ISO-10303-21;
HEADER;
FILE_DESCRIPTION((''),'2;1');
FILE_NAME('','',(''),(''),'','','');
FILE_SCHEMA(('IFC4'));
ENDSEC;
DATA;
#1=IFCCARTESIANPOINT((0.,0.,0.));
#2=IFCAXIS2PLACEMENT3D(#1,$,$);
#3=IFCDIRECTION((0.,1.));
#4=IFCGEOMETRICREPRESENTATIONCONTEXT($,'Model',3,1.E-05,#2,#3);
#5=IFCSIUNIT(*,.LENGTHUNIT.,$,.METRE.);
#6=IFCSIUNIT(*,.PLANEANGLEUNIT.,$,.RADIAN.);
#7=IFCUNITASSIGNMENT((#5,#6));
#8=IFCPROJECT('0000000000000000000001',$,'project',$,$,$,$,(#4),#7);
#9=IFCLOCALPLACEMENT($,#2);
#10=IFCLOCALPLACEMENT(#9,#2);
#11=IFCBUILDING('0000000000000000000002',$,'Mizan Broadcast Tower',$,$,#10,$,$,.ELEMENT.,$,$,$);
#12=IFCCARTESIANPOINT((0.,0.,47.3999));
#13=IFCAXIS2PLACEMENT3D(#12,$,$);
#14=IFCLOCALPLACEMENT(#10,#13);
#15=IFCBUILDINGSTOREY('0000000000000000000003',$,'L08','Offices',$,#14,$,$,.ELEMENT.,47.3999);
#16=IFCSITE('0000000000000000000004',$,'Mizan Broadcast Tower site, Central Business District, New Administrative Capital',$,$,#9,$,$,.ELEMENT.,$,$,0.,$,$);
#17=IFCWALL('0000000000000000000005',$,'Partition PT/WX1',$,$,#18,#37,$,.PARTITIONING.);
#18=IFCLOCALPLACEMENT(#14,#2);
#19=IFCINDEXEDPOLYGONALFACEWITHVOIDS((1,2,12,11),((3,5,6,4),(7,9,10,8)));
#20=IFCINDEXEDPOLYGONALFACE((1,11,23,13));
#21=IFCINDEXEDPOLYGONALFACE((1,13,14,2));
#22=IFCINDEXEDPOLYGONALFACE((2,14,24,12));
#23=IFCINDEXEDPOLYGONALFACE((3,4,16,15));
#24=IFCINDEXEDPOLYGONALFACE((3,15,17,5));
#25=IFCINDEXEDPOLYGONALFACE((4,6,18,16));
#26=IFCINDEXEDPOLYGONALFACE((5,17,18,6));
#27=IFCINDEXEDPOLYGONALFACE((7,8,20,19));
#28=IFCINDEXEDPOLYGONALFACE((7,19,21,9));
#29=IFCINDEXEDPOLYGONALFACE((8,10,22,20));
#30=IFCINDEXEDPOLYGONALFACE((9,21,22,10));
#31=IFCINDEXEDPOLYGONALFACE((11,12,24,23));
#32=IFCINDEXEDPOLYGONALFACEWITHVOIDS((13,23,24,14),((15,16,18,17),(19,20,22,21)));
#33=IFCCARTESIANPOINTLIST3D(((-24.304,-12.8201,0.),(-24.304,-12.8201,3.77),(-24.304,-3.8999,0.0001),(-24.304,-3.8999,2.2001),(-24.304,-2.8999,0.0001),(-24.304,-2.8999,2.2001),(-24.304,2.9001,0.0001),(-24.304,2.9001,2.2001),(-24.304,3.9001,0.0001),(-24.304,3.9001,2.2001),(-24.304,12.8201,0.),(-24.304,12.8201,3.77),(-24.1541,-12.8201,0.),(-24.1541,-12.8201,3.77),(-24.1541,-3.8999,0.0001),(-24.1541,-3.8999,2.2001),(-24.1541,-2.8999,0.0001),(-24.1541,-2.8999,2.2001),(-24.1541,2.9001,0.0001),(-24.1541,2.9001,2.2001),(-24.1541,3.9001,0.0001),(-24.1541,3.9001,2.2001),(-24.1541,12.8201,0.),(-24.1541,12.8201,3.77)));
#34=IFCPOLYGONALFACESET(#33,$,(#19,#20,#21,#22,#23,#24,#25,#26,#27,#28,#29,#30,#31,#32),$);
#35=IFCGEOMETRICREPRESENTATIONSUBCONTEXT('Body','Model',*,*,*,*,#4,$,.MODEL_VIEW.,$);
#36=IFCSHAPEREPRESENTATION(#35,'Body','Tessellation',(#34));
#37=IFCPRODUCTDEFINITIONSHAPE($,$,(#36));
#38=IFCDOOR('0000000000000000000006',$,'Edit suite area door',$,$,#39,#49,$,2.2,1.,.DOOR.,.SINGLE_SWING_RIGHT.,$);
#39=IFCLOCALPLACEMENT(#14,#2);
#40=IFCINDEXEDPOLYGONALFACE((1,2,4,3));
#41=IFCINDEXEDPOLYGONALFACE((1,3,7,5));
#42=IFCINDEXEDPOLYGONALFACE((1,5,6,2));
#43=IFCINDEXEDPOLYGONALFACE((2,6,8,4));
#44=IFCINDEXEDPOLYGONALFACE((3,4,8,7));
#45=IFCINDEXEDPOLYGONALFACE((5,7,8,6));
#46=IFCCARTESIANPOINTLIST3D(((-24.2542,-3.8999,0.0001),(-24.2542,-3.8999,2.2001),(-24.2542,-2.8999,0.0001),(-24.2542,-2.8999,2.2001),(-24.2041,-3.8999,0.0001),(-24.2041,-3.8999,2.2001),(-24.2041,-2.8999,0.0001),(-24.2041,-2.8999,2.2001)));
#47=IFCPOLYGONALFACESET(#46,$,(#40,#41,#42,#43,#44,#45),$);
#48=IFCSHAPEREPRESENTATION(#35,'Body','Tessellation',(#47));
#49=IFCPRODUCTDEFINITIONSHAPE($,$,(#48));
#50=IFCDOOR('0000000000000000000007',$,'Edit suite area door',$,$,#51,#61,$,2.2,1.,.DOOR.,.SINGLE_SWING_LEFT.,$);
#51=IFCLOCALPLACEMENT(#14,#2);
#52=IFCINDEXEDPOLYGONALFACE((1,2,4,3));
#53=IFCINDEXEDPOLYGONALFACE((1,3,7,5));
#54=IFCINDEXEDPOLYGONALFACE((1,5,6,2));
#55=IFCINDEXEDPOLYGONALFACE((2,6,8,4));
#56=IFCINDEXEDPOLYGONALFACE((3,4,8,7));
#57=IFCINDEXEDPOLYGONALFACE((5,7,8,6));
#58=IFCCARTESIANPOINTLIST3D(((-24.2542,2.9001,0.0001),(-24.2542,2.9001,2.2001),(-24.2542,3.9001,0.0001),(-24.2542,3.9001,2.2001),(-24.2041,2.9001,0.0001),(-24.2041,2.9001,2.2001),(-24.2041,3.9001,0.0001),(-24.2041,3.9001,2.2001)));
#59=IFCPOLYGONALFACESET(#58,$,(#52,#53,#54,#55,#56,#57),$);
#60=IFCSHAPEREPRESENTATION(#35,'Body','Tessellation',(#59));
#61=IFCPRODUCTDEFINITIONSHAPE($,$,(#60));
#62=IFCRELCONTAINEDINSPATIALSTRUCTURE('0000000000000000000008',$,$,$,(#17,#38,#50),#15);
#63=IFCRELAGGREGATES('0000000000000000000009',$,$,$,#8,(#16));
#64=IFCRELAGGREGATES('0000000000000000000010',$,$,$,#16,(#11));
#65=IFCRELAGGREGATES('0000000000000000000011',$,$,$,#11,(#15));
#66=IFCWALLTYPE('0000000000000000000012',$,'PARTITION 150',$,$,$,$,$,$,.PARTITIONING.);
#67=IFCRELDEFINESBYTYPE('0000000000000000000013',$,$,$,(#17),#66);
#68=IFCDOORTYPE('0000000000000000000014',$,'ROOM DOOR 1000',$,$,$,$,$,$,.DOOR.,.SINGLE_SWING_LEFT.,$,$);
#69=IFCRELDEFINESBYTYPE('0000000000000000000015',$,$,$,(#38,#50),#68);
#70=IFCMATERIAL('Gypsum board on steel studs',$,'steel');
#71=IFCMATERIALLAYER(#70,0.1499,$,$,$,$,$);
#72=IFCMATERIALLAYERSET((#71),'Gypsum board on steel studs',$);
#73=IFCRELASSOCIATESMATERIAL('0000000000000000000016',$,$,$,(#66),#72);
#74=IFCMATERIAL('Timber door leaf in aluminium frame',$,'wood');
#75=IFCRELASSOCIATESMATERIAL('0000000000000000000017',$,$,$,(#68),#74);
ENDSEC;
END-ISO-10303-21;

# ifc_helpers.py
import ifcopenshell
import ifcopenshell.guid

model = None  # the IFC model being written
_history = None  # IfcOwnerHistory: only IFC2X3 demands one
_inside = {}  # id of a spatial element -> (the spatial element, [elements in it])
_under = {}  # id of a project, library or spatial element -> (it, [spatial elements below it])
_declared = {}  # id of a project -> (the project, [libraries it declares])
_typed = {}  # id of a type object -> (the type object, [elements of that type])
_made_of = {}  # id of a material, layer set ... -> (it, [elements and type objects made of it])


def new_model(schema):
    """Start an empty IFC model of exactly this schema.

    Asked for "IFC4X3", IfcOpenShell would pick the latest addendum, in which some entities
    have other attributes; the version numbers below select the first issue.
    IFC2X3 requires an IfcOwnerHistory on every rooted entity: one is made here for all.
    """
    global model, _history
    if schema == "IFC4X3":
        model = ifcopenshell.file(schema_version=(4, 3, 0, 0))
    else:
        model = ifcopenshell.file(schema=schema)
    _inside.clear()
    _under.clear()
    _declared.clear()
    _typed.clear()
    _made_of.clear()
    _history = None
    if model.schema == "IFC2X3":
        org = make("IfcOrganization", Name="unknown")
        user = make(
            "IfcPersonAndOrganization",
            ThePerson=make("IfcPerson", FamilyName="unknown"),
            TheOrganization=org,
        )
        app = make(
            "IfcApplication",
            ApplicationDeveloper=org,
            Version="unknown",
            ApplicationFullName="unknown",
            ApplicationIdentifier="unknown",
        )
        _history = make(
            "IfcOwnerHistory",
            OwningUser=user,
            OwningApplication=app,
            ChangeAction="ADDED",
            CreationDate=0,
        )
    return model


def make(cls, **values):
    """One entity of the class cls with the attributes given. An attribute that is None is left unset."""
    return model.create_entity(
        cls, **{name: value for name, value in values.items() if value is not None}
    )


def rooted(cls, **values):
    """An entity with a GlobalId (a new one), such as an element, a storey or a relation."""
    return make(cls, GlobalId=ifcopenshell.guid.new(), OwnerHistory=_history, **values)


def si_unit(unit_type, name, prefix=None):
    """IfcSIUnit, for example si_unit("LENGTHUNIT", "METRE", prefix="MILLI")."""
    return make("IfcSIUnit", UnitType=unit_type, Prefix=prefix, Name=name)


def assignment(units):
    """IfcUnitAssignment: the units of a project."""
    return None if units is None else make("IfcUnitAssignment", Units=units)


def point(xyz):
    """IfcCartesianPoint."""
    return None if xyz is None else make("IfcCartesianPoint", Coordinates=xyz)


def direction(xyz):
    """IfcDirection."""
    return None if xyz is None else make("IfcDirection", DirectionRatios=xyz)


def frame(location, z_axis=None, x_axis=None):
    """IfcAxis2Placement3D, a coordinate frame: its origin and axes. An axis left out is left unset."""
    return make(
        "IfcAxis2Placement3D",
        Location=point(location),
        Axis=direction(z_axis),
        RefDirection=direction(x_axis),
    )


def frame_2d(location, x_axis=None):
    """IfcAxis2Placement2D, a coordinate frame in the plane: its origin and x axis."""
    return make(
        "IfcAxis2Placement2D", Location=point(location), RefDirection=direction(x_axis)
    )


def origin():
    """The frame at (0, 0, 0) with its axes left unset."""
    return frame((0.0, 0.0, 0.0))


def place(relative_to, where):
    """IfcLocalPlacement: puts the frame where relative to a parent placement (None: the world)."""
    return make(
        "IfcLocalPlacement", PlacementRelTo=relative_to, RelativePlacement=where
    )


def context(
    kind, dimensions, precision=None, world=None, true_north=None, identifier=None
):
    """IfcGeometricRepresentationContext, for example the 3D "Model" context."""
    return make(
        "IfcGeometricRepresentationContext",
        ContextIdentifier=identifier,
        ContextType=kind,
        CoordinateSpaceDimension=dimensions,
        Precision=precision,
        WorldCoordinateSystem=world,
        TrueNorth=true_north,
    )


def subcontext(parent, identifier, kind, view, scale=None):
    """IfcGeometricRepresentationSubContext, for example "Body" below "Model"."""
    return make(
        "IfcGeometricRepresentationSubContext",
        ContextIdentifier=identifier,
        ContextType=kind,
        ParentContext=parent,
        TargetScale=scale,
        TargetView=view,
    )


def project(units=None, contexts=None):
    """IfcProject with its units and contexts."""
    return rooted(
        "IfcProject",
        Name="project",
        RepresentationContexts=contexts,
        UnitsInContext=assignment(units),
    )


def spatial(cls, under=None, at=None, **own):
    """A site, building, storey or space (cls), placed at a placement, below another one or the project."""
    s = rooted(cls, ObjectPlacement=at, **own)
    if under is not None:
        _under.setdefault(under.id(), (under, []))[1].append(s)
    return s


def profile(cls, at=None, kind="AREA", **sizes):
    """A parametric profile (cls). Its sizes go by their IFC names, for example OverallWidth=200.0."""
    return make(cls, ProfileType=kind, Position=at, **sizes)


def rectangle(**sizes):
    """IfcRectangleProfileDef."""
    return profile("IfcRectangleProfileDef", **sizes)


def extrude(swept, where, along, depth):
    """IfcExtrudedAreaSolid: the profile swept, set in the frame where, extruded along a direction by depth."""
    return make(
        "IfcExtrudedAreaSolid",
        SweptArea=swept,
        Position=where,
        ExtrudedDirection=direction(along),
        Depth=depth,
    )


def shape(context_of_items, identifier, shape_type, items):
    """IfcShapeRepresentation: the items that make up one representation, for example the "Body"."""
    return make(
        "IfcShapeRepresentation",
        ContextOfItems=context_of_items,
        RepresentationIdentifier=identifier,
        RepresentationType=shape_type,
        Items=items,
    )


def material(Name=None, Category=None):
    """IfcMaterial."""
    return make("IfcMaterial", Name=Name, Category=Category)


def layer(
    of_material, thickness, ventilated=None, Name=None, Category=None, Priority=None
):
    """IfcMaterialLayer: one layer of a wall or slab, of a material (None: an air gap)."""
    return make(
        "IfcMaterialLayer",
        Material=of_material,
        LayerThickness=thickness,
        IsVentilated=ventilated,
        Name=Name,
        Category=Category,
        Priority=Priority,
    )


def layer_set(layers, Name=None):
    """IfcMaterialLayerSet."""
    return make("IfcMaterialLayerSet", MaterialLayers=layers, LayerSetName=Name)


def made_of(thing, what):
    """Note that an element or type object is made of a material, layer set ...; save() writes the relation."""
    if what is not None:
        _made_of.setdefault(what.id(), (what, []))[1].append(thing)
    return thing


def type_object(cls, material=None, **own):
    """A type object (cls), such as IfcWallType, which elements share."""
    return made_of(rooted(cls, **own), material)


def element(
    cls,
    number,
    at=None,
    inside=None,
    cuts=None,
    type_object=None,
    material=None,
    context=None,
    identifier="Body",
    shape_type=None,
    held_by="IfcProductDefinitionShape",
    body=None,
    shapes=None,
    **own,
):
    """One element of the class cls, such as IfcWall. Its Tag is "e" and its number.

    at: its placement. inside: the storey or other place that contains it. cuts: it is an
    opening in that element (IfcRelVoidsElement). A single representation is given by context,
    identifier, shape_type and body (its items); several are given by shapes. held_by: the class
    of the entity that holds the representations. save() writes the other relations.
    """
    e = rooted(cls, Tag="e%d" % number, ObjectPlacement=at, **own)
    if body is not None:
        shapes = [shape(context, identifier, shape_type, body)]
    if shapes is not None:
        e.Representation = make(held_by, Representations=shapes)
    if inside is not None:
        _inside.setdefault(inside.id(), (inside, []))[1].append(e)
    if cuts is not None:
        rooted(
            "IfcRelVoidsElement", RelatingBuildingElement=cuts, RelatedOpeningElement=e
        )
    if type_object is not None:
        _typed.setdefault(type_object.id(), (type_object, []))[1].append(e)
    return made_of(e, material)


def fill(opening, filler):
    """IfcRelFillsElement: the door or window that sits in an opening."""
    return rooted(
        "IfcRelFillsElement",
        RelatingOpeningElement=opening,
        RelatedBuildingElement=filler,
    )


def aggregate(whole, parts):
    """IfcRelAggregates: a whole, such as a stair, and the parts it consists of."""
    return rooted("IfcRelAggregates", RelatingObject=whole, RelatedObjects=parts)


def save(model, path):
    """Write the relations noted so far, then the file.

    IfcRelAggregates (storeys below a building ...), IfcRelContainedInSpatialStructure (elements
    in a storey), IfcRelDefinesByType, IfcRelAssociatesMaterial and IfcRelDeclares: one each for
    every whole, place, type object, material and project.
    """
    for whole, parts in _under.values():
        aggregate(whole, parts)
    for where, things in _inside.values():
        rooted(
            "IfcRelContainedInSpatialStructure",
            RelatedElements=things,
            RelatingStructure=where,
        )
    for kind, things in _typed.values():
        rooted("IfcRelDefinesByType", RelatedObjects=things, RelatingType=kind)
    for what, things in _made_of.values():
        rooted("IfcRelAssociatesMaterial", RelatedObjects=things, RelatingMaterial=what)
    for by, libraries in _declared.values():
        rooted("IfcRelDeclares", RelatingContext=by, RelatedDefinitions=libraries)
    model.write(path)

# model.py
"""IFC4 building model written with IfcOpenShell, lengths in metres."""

from ifc_helpers import new_model, si_unit, direction, frame, frame_2d, origin, place, context, subcontext, project, spatial, rectangle, extrude, material, layer, layer_set, type_object, element, fill, save


model = new_model("IFC4")

# Units and contexts
model_context = context("Model", 3, precision=1e-05, world=origin(), true_north=direction((0.0, 1.0)))
body_context = subcontext(model_context, "Body", "Model", "MODEL_VIEW")
ifc_project = project(units=[si_unit("LENGTHUNIT", "METRE"), si_unit("PLANEANGLEUNIT", "RADIAN")], contexts=[model_context])

# Site, building, storey
site_placement = place(None, origin())
site = spatial("IfcSite", under=ifc_project, at=site_placement, Name="Mizan Broadcast Tower site, Central Business District, New Administrative Capital", CompositionType="ELEMENT", RefElevation=0.0)
building_placement = place(site_placement, origin())
building = spatial("IfcBuilding", under=site, at=building_placement, Name="Mizan Broadcast Tower", CompositionType="ELEMENT")
storey_placement = place(building_placement, frame((0.0, 0.0, 47.3999)))
storey = spatial("IfcBuildingStorey", under=building, at=storey_placement, Name="L08", Description="Offices", CompositionType="ELEMENT", Elevation=47.3999)

# Wall, openings, doors
ifc_material_1 = material(Name="Gypsum board on steel studs", Category="steel")
ifc_layer_1 = layer(ifc_material_1, 0.1499)
ifc_layer_set_1 = layer_set([ifc_layer_1], Name="Gypsum board on steel studs")
wall_type_1 = type_object("IfcWallType", Name="PARTITION 150", PredefinedType="PARTITIONING", material=ifc_layer_set_1)
wall_1_placement = place(storey_placement, frame((-24.229, 12.8201, 0.0), z_axis=(0.0, 0.0, 1.0), x_axis=(0.0, -1.0, 0.0)))
wall_1 = element("IfcWall", 1, at=wall_1_placement, inside=storey, type_object=wall_type_1, Name="Partition PT/WX1", PredefinedType="PARTITIONING", context=body_context, shape_type="SweptSolid", body=[
    extrude(rectangle(XDim=25.6401, YDim=0.1499, at=frame_2d((12.8201, 0.0))), origin(), (0.0, 0.0, 1.0), 3.77),
])
opening_1_placement = place(wall_1_placement, frame((15.72, 0.0, 0.0)))
opening_1 = element("IfcOpeningElement", 2, at=opening_1_placement, cuts=wall_1, PredefinedType="OPENING", context=body_context, shape_type="SweptSolid", body=[
    extrude(rectangle(XDim=1.0, YDim=2.2, at=frame_2d((0.5, 1.1001))), frame((0.0, 0.085, 0.0), z_axis=(0.0, -1.0, 0.0), x_axis=(1.0, 0.0, 0.0)), (0.0, 0.0, 1.0), 0.1699),
])
opening_2_placement = place(wall_1_placement, frame((8.9199, 0.0, 0.0)))
opening_2 = element("IfcOpeningElement", 3, at=opening_2_placement, cuts=wall_1, PredefinedType="OPENING", context=body_context, shape_type="SweptSolid", body=[
    extrude(rectangle(XDim=1.0, YDim=2.2, at=frame_2d((0.5, 1.1001))), frame((0.0, 0.085, 0.0), z_axis=(0.0, -1.0, 0.0), x_axis=(1.0, 0.0, 0.0)), (0.0, 0.0, 1.0), 0.1699),
])
ifc_material_2 = material(Name="Timber door leaf in aluminium frame", Category="wood")
door_type = type_object("IfcDoorType", Name="ROOM DOOR 1000", OperationType="SINGLE_SWING_LEFT", PredefinedType="DOOR", material=ifc_material_2)
door_1_placement = place(opening_1_placement, origin())
door_1 = element("IfcDoor", 4, at=door_1_placement, inside=storey, type_object=door_type, Name="Edit suite area door", OperationType="SINGLE_SWING_RIGHT", OverallHeight=2.2, OverallWidth=1.0, PredefinedType="DOOR", context=body_context, shape_type="SweptSolid", body=[
    extrude(rectangle(XDim=1.0, YDim=2.2, at=frame_2d((0.5, 1.1001))), frame((0.0, 0.0249, 0.0), z_axis=(0.0, -1.0, 0.0), x_axis=(1.0, 0.0, 0.0)), (0.0, 0.0, 1.0), 0.05),
])
fill(opening_1, door_1)
door_2_placement = place(opening_2_placement, origin())
door_2 = element("IfcDoor", 5, at=door_2_placement, inside=storey, type_object=door_type, Name="Edit suite area door", OperationType="SINGLE_SWING_LEFT", OverallHeight=2.2, OverallWidth=1.0, PredefinedType="DOOR", context=body_context, shape_type="SweptSolid", body=[
    extrude(rectangle(XDim=1.0, YDim=2.2, at=frame_2d((0.5, 1.1001))), frame((0.0, 0.0249, 0.0), z_axis=(0.0, -1.0, 0.0), x_axis=(1.0, 0.0, 0.0)), (0.0, 0.0, 1.0), 0.05),
])
fill(opening_2, door_2)

save(model, "model.ifc")
